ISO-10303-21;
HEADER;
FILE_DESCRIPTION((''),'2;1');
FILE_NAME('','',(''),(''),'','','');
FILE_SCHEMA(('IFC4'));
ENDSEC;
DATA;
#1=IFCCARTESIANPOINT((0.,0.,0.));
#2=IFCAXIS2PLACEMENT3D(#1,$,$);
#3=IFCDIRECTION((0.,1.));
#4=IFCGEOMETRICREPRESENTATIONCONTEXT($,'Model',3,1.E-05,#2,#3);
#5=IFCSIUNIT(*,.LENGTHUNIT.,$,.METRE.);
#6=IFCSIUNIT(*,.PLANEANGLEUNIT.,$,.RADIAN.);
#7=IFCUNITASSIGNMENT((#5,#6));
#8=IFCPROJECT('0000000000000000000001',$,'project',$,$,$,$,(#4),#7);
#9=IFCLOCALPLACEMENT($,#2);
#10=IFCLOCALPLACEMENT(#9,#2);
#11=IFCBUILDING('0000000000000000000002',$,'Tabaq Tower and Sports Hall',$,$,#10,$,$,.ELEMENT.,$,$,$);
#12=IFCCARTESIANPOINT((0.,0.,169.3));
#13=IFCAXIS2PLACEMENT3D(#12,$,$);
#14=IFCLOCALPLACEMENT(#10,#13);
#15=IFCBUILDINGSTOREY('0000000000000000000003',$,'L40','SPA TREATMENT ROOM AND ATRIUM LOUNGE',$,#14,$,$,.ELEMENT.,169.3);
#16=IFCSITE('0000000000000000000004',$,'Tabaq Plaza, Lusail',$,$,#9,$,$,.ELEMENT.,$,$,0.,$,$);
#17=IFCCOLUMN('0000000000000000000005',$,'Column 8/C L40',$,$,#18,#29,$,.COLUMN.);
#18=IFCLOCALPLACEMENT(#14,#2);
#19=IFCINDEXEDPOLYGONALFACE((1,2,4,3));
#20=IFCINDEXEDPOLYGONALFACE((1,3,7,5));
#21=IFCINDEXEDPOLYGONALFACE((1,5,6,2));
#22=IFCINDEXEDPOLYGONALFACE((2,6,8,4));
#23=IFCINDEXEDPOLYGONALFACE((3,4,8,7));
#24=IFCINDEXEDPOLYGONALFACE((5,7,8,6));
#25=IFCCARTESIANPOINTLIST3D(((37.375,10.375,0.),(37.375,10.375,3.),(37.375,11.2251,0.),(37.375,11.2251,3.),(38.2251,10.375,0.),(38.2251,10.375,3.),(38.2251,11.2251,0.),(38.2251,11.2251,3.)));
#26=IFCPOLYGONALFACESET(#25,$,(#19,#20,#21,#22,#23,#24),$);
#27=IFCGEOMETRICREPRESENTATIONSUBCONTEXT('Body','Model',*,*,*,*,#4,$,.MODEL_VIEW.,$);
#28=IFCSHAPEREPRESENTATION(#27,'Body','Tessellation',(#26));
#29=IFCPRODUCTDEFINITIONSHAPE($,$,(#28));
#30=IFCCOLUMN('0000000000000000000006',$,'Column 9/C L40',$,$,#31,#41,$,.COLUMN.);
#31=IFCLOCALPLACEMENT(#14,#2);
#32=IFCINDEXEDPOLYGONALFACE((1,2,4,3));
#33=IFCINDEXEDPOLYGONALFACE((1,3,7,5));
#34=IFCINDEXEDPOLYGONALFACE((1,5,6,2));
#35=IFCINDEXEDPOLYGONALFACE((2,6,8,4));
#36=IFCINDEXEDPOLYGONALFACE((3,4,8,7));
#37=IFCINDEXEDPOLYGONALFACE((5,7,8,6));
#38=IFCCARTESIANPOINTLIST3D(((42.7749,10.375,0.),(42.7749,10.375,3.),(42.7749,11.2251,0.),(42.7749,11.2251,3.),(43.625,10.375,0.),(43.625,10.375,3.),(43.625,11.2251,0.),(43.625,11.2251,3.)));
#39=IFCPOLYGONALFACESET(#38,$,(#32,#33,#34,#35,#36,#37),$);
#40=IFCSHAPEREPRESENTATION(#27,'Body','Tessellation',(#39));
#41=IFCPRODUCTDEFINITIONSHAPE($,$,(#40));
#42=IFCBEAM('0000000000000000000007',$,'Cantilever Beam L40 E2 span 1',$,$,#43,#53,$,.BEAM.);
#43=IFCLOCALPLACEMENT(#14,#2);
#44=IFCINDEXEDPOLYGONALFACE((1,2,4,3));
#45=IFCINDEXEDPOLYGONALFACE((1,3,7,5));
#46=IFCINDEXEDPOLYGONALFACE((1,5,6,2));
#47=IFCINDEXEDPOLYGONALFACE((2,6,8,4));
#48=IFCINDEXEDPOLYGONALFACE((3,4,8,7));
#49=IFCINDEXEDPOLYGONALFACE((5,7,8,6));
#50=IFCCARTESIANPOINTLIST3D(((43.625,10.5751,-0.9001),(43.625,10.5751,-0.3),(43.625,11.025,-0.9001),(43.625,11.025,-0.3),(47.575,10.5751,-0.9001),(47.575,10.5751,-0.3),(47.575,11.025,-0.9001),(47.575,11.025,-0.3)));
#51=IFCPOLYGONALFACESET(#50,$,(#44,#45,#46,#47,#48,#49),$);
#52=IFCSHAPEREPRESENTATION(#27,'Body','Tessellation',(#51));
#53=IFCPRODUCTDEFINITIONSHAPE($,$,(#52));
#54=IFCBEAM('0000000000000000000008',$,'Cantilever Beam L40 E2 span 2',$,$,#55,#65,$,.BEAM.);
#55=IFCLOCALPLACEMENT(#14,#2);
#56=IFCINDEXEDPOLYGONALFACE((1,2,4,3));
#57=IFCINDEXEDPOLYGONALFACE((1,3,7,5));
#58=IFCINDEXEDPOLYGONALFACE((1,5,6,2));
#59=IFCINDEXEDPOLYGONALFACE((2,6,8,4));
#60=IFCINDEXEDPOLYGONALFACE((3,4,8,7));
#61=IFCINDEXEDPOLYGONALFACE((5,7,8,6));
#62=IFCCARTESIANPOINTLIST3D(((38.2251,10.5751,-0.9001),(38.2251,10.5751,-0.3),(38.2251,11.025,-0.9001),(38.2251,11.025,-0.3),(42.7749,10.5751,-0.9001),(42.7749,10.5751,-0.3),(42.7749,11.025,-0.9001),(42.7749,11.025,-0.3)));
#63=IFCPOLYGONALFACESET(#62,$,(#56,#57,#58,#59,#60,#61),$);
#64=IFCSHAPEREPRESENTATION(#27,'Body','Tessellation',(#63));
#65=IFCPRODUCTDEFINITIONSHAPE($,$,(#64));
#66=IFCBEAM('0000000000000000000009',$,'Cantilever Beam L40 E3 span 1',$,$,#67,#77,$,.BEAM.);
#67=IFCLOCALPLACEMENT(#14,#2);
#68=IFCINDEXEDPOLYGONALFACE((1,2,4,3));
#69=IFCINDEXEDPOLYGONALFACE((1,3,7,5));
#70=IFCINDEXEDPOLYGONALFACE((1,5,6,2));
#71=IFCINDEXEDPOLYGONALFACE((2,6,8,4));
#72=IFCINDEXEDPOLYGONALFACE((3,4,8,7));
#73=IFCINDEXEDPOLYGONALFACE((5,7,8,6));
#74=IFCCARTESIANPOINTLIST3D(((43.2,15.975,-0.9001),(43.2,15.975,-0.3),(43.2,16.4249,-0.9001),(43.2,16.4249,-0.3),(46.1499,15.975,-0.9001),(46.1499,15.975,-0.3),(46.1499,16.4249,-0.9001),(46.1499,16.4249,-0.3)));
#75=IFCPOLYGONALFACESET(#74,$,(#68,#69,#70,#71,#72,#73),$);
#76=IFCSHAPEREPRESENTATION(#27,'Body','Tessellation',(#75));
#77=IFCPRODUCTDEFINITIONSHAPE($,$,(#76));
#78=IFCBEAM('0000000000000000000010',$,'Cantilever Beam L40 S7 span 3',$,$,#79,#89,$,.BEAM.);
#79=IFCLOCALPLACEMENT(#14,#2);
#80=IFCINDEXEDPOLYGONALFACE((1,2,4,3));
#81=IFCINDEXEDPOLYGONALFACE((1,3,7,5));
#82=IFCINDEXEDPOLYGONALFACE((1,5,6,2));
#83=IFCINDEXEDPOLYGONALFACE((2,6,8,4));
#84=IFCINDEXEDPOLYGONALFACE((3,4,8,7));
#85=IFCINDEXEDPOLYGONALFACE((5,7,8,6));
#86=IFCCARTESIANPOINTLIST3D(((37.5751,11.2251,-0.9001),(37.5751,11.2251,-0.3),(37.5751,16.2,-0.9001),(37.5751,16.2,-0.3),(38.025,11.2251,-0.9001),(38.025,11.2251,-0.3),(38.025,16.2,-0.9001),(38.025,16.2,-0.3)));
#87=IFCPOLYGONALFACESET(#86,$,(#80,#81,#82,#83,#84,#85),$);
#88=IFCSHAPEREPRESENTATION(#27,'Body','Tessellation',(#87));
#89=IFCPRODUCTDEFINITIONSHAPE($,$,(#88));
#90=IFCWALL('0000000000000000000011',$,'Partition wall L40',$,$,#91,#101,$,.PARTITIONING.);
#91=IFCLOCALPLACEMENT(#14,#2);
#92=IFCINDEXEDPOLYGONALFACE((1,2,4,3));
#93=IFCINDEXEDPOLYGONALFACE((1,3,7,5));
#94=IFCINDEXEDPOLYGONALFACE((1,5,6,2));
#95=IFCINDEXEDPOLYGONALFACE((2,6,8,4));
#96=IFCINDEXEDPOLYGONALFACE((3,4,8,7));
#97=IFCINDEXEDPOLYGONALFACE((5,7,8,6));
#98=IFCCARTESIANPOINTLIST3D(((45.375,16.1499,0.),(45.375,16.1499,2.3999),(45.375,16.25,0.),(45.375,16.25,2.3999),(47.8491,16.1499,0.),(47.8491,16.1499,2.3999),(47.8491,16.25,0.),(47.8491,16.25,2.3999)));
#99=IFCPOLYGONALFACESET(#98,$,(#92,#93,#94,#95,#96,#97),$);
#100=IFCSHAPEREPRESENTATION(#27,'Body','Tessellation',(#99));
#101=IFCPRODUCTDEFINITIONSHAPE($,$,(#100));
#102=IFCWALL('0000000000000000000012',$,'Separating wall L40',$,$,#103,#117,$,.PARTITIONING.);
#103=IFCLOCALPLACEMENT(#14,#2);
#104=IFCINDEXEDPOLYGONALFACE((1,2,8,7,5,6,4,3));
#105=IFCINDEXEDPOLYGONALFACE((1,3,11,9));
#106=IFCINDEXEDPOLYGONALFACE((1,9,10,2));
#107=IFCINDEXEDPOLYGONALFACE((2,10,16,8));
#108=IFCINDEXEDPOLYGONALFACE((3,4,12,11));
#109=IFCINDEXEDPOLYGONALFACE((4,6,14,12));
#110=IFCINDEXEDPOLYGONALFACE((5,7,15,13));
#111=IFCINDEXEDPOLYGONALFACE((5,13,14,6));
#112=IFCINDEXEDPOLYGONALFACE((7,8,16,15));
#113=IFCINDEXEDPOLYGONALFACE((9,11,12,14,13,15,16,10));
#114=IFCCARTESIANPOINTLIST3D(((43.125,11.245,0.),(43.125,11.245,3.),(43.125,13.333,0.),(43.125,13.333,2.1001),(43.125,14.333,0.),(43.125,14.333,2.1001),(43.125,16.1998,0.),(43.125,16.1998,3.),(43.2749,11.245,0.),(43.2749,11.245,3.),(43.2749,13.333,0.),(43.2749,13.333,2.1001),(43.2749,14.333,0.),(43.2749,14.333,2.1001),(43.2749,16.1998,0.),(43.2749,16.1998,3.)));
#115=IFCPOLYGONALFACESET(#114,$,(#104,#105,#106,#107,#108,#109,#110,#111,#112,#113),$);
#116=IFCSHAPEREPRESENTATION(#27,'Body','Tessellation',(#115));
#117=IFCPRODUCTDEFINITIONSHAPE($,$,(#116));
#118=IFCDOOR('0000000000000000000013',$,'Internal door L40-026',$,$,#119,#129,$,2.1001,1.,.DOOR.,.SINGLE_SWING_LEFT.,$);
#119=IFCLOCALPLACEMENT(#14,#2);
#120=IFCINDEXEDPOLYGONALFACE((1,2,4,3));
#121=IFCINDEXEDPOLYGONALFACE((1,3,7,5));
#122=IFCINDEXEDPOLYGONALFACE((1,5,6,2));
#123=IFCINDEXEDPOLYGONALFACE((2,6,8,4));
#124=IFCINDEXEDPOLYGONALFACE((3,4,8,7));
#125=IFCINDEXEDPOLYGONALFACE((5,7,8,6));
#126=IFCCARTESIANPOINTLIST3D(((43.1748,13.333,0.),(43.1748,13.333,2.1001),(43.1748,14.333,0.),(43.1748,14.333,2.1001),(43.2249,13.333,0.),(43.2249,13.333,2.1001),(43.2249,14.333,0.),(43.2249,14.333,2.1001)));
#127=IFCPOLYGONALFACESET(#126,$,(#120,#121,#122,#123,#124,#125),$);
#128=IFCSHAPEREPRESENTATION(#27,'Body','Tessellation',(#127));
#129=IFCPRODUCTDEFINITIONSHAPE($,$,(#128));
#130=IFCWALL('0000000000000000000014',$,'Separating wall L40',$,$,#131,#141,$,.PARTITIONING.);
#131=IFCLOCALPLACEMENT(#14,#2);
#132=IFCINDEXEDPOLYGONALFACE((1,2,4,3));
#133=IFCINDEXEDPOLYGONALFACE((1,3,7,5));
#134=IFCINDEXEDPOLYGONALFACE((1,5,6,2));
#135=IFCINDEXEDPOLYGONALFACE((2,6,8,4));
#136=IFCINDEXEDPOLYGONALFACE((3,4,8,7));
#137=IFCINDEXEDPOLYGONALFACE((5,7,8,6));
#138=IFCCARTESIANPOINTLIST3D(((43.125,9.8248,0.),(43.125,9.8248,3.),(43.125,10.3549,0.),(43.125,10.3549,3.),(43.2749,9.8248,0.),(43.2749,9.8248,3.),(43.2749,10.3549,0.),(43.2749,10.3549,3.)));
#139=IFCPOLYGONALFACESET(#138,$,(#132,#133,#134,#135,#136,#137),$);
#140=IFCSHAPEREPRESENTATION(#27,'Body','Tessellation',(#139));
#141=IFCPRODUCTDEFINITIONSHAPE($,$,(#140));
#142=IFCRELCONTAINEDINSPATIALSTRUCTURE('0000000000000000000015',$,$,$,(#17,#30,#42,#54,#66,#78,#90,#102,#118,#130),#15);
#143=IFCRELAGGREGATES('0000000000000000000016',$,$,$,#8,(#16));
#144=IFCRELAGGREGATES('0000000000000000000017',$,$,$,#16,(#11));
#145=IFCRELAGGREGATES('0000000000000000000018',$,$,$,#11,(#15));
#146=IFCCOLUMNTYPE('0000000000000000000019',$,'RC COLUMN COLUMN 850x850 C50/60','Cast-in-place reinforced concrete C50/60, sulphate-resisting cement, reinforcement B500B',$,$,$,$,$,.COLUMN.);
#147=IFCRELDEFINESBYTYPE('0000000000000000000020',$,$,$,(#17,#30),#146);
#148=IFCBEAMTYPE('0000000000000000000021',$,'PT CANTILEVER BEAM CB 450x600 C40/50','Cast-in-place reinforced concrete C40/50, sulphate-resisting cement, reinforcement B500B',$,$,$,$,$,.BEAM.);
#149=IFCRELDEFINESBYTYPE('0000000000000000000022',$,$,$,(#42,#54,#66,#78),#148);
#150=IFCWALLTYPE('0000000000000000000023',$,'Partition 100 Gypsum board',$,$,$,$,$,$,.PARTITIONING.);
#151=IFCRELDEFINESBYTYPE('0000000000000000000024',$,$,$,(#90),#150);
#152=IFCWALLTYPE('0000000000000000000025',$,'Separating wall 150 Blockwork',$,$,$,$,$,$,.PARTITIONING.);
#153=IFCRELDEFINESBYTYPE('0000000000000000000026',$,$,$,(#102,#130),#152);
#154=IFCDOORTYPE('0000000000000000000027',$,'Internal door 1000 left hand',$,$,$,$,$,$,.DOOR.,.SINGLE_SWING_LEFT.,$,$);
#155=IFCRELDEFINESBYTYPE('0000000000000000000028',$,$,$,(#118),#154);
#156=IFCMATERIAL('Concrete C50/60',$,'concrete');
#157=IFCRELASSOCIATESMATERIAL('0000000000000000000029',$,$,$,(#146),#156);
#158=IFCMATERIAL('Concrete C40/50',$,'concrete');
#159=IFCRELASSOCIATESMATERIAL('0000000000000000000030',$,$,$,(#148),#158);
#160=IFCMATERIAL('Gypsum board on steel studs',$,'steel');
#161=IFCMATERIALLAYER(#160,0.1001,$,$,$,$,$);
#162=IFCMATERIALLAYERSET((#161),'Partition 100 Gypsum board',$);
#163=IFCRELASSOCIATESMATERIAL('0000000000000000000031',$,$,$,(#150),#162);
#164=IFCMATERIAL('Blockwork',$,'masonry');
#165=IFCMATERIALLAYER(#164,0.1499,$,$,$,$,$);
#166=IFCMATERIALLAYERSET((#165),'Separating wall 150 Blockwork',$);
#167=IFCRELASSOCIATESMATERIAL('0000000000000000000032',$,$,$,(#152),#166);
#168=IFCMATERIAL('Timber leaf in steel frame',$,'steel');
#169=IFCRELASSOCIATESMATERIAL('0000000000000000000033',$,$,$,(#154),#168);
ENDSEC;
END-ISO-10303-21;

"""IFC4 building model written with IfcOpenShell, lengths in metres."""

from ifc_helpers import new_model, si_unit, direction, frame, frame_2d, origin, origin_2d, place, context, subcontext, project, spatial, rectangle, extrude, material, layer, layer_set, material_profile, profile_set, type_object, element, fill, save


model = new_model("IFC4")

# Units and contexts
model_context = context("Model", 3, precision=1e-05, world=origin(), true_north=direction((0.0, 1.0)))
body_context = subcontext(model_context, "Body", "Model", "MODEL_VIEW")
ifc_project = project(units=[si_unit("LENGTHUNIT", "METRE"), si_unit("PLANEANGLEUNIT", "RADIAN")], contexts=[model_context])

# Site, building, storey
site_placement = place(None, origin())
site = spatial("IfcSite", under=ifc_project, at=site_placement, Name="Tabaq Plaza, Lusail", CompositionType="ELEMENT", RefElevation=0.0)
building_placement = place(site_placement, origin())
building = spatial("IfcBuilding", under=site, at=building_placement, Name="Tabaq Tower and Sports Hall", CompositionType="ELEMENT")
storey_placement = place(building_placement, frame((0.0, 0.0, 169.3)))
storey = spatial("IfcBuildingStorey", under=building, at=storey_placement, Name="L40", Description="SPA TREATMENT ROOM AND ATRIUM LOUNGE", CompositionType="ELEMENT", Elevation=169.3)

# Columns
ifc_material_1 = material(Name="Concrete C50/60", Category="concrete")
ifc_material_profile_1 = material_profile(ifc_material_1, rectangle(XDim=0.8501, YDim=0.8501, at=origin_2d()), Name="COLUMN 850x850")
ifc_profile_set_1 = profile_set([ifc_material_profile_1], Name="Concrete C50/60")
column_type = type_object("IfcColumnType", Name="RC COLUMN COLUMN 850x850 C50/60", Description="Cast-in-place reinforced concrete C50/60, sulphate-resisting cement, reinforcement B500B", PredefinedType="COLUMN", material=ifc_profile_set_1)
for number, where, z_axis, x_axis, name in (
    (1, (37.8, 10.8, 0.0), (0.0, 0.0, 1.0), (1.0, 0.0, 0.0), "Column 8/C L40"),
    (2, (43.2, 10.8, 0.0), (0.0, 0.0, 1.0), (1.0, 0.0, 0.0), "Column 9/C L40"),
):
    element("IfcColumn", number, at=place(storey_placement, frame(where, z_axis=z_axis, x_axis=x_axis)), inside=storey, type_object=column_type, Name=name, PredefinedType="COLUMN", context=body_context, shape_type="SweptSolid", body=[
        extrude(rectangle(XDim=0.8501, YDim=0.8501, at=origin_2d()), origin(), (0.0, 0.0, 1.0), 3.0),
    ])

# Beams
ifc_material_2 = material(Name="Concrete C40/50", Category="concrete")
ifc_material_profile_2 = material_profile(ifc_material_2, rectangle(XDim=0.45, YDim=0.6001, at=origin_2d()), Name="CB 450x600")
ifc_profile_set_2 = profile_set([ifc_material_profile_2], Name="Concrete C40/50")
beam_type = type_object("IfcBeamType", Name="PT CANTILEVER BEAM CB 450x600 C40/50", Description="Cast-in-place reinforced concrete C40/50, sulphate-resisting cement, reinforcement B500B", PredefinedType="BEAM", material=ifc_profile_set_2)
beam_1_placement = place(storey_placement, frame((47.575, 10.8, -0.6001), z_axis=(-1.0, 0.0, 0.0), x_axis=(0.0, -1.0, 0.0)))
element("IfcBeam", 3, at=beam_1_placement, inside=storey, type_object=beam_type, Name="Cantilever Beam L40 E2 span 1", PredefinedType="BEAM", context=body_context, shape_type="SweptSolid", body=[
    extrude(rectangle(XDim=0.45, YDim=0.6001, at=origin_2d()), origin(), (0.0, 0.0, 1.0), 3.95),
])
beam_2_placement = place(storey_placement, frame((42.7749, 10.8, -0.6001), z_axis=(-1.0, 0.0, 0.0), x_axis=(0.0, -1.0, 0.0)))
element("IfcBeam", 4, at=beam_2_placement, inside=storey, type_object=beam_type, Name="Cantilever Beam L40 E2 span 2", PredefinedType="BEAM", context=body_context, shape_type="SweptSolid", body=[
    extrude(rectangle(XDim=0.45, YDim=0.6001, at=origin_2d()), origin(), (0.0, 0.0, 1.0), 4.5498),
])
beam_3_placement = place(storey_placement, frame((46.1499, 16.2, -0.6001), z_axis=(-1.0, 0.0, 0.0), x_axis=(0.0, -1.0, 0.0)))
element("IfcBeam", 5, at=beam_3_placement, inside=storey, type_object=beam_type, Name="Cantilever Beam L40 E3 span 1", PredefinedType="BEAM", context=body_context, shape_type="SweptSolid", body=[
    extrude(rectangle(XDim=0.45, YDim=0.6001, at=origin_2d()), origin(), (0.0, 0.0, 1.0), 2.95),
])
beam_4_placement = place(storey_placement, frame((37.8, 11.2251, -0.6001), z_axis=(0.0, 1.0, 0.0), x_axis=(-1.0, 0.0, 0.0)))
element("IfcBeam", 6, at=beam_4_placement, inside=storey, type_object=beam_type, Name="Cantilever Beam L40 S7 span 3", PredefinedType="BEAM", context=body_context, shape_type="SweptSolid", body=[
    extrude(rectangle(XDim=0.45, YDim=0.6001, at=origin_2d()), origin(), (0.0, 0.0, 1.0), 4.9749),
])

# Wall
ifc_material_3 = material(Name="Gypsum board on steel studs", Category="steel")
ifc_layer_1 = layer(ifc_material_3, 0.1001)
ifc_layer_set_1 = layer_set([ifc_layer_1], Name="Partition 100 Gypsum board")
wall_type_1 = type_object("IfcWallType", Name="Partition 100 Gypsum board", PredefinedType="PARTITIONING", material=ifc_layer_set_1)
wall_1_placement = place(storey_placement, frame((47.8491, 16.2, 0.0), z_axis=(0.0, 0.0, 1.0), x_axis=(-1.0, 0.0, 0.0)))
element("IfcWall", 7, at=wall_1_placement, inside=storey, type_object=wall_type_1, Name="Partition wall L40", PredefinedType="PARTITIONING", context=body_context, shape_type="SweptSolid", body=[
    extrude(rectangle(XDim=2.4741, YDim=0.1001, at=frame_2d((1.2371, 0.0))), origin(), (0.0, 0.0, 1.0), 2.3999),
])

# Wall, opening, door
ifc_material_4 = material(Name="Blockwork", Category="masonry")
ifc_layer_2 = layer(ifc_material_4, 0.1499)
ifc_layer_set_2 = layer_set([ifc_layer_2], Name="Separating wall 150 Blockwork")
wall_type_2 = type_object("IfcWallType", Name="Separating wall 150 Blockwork", PredefinedType="PARTITIONING", material=ifc_layer_set_2)
wall_2_placement = place(storey_placement, frame((43.2, 16.2, 0.0), z_axis=(0.0, 0.0, 1.0), x_axis=(0.0, -1.0, 0.0)))
wall_2 = element("IfcWall", 8, at=wall_2_placement, inside=storey, type_object=wall_type_2, Name="Separating wall L40", PredefinedType="PARTITIONING", context=body_context, shape_type="SweptSolid", body=[
    extrude(rectangle(XDim=4.9548, YDim=0.1499, at=frame_2d((2.4775, 0.0))), origin(), (0.0, 0.0, 1.0), 3.0),
])
opening_1_placement = place(wall_2_placement, frame((1.8669, 0.0, 0.0)))
opening_1 = element("IfcOpeningElement", 9, at=opening_1_placement, cuts=wall_2, PredefinedType="OPENING", context=body_context, shape_type="SweptSolid", body=[
    extrude(rectangle(XDim=1.0, YDim=2.1001, at=frame_2d((0.5, 1.05))), frame((0.0, 0.075, 0.0), z_axis=(0.0, -1.0, 0.0), x_axis=(1.0, 0.0, 0.0)), (0.0, 0.0, 1.0), 0.1499),
])
ifc_material_5 = material(Name="Timber leaf in steel frame", Category="steel")
door_type_1 = type_object("IfcDoorType", Name="Internal door 1000 left hand", OperationType="SINGLE_SWING_LEFT", PredefinedType="DOOR", material=ifc_material_5)
door_1_placement = place(opening_1_placement, origin())
door_1 = element("IfcDoor", 10, at=door_1_placement, inside=storey, type_object=door_type_1, Name="Internal door L40-026", OperationType="SINGLE_SWING_LEFT", OverallHeight=2.1001, OverallWidth=1.0, PredefinedType="DOOR", context=body_context, shape_type="SweptSolid", body=[
    extrude(rectangle(XDim=1.0, YDim=2.1001, at=frame_2d((0.5, 1.05))), frame((0.0, 0.0249, 0.0), z_axis=(0.0, -1.0, 0.0), x_axis=(1.0, 0.0, 0.0)), (0.0, 0.0, 1.0), 0.05),
])
fill(opening_1, door_1)

# Wall
wall_3_placement = place(storey_placement, frame((43.2, 10.355, 0.0), z_axis=(0.0, 0.0, 1.0), x_axis=(0.0, -1.0, 0.0)))
element("IfcWall", 11, at=wall_3_placement, inside=storey, type_object=wall_type_2, Name="Separating wall L40", PredefinedType="PARTITIONING", context=body_context, shape_type="SweptSolid", body=[
    extrude(rectangle(XDim=0.53, YDim=0.1499, at=frame_2d((0.2651, 0.0))), origin(), (0.0, 0.0, 1.0), 3.0),
])

save(model, "model.ifc")
